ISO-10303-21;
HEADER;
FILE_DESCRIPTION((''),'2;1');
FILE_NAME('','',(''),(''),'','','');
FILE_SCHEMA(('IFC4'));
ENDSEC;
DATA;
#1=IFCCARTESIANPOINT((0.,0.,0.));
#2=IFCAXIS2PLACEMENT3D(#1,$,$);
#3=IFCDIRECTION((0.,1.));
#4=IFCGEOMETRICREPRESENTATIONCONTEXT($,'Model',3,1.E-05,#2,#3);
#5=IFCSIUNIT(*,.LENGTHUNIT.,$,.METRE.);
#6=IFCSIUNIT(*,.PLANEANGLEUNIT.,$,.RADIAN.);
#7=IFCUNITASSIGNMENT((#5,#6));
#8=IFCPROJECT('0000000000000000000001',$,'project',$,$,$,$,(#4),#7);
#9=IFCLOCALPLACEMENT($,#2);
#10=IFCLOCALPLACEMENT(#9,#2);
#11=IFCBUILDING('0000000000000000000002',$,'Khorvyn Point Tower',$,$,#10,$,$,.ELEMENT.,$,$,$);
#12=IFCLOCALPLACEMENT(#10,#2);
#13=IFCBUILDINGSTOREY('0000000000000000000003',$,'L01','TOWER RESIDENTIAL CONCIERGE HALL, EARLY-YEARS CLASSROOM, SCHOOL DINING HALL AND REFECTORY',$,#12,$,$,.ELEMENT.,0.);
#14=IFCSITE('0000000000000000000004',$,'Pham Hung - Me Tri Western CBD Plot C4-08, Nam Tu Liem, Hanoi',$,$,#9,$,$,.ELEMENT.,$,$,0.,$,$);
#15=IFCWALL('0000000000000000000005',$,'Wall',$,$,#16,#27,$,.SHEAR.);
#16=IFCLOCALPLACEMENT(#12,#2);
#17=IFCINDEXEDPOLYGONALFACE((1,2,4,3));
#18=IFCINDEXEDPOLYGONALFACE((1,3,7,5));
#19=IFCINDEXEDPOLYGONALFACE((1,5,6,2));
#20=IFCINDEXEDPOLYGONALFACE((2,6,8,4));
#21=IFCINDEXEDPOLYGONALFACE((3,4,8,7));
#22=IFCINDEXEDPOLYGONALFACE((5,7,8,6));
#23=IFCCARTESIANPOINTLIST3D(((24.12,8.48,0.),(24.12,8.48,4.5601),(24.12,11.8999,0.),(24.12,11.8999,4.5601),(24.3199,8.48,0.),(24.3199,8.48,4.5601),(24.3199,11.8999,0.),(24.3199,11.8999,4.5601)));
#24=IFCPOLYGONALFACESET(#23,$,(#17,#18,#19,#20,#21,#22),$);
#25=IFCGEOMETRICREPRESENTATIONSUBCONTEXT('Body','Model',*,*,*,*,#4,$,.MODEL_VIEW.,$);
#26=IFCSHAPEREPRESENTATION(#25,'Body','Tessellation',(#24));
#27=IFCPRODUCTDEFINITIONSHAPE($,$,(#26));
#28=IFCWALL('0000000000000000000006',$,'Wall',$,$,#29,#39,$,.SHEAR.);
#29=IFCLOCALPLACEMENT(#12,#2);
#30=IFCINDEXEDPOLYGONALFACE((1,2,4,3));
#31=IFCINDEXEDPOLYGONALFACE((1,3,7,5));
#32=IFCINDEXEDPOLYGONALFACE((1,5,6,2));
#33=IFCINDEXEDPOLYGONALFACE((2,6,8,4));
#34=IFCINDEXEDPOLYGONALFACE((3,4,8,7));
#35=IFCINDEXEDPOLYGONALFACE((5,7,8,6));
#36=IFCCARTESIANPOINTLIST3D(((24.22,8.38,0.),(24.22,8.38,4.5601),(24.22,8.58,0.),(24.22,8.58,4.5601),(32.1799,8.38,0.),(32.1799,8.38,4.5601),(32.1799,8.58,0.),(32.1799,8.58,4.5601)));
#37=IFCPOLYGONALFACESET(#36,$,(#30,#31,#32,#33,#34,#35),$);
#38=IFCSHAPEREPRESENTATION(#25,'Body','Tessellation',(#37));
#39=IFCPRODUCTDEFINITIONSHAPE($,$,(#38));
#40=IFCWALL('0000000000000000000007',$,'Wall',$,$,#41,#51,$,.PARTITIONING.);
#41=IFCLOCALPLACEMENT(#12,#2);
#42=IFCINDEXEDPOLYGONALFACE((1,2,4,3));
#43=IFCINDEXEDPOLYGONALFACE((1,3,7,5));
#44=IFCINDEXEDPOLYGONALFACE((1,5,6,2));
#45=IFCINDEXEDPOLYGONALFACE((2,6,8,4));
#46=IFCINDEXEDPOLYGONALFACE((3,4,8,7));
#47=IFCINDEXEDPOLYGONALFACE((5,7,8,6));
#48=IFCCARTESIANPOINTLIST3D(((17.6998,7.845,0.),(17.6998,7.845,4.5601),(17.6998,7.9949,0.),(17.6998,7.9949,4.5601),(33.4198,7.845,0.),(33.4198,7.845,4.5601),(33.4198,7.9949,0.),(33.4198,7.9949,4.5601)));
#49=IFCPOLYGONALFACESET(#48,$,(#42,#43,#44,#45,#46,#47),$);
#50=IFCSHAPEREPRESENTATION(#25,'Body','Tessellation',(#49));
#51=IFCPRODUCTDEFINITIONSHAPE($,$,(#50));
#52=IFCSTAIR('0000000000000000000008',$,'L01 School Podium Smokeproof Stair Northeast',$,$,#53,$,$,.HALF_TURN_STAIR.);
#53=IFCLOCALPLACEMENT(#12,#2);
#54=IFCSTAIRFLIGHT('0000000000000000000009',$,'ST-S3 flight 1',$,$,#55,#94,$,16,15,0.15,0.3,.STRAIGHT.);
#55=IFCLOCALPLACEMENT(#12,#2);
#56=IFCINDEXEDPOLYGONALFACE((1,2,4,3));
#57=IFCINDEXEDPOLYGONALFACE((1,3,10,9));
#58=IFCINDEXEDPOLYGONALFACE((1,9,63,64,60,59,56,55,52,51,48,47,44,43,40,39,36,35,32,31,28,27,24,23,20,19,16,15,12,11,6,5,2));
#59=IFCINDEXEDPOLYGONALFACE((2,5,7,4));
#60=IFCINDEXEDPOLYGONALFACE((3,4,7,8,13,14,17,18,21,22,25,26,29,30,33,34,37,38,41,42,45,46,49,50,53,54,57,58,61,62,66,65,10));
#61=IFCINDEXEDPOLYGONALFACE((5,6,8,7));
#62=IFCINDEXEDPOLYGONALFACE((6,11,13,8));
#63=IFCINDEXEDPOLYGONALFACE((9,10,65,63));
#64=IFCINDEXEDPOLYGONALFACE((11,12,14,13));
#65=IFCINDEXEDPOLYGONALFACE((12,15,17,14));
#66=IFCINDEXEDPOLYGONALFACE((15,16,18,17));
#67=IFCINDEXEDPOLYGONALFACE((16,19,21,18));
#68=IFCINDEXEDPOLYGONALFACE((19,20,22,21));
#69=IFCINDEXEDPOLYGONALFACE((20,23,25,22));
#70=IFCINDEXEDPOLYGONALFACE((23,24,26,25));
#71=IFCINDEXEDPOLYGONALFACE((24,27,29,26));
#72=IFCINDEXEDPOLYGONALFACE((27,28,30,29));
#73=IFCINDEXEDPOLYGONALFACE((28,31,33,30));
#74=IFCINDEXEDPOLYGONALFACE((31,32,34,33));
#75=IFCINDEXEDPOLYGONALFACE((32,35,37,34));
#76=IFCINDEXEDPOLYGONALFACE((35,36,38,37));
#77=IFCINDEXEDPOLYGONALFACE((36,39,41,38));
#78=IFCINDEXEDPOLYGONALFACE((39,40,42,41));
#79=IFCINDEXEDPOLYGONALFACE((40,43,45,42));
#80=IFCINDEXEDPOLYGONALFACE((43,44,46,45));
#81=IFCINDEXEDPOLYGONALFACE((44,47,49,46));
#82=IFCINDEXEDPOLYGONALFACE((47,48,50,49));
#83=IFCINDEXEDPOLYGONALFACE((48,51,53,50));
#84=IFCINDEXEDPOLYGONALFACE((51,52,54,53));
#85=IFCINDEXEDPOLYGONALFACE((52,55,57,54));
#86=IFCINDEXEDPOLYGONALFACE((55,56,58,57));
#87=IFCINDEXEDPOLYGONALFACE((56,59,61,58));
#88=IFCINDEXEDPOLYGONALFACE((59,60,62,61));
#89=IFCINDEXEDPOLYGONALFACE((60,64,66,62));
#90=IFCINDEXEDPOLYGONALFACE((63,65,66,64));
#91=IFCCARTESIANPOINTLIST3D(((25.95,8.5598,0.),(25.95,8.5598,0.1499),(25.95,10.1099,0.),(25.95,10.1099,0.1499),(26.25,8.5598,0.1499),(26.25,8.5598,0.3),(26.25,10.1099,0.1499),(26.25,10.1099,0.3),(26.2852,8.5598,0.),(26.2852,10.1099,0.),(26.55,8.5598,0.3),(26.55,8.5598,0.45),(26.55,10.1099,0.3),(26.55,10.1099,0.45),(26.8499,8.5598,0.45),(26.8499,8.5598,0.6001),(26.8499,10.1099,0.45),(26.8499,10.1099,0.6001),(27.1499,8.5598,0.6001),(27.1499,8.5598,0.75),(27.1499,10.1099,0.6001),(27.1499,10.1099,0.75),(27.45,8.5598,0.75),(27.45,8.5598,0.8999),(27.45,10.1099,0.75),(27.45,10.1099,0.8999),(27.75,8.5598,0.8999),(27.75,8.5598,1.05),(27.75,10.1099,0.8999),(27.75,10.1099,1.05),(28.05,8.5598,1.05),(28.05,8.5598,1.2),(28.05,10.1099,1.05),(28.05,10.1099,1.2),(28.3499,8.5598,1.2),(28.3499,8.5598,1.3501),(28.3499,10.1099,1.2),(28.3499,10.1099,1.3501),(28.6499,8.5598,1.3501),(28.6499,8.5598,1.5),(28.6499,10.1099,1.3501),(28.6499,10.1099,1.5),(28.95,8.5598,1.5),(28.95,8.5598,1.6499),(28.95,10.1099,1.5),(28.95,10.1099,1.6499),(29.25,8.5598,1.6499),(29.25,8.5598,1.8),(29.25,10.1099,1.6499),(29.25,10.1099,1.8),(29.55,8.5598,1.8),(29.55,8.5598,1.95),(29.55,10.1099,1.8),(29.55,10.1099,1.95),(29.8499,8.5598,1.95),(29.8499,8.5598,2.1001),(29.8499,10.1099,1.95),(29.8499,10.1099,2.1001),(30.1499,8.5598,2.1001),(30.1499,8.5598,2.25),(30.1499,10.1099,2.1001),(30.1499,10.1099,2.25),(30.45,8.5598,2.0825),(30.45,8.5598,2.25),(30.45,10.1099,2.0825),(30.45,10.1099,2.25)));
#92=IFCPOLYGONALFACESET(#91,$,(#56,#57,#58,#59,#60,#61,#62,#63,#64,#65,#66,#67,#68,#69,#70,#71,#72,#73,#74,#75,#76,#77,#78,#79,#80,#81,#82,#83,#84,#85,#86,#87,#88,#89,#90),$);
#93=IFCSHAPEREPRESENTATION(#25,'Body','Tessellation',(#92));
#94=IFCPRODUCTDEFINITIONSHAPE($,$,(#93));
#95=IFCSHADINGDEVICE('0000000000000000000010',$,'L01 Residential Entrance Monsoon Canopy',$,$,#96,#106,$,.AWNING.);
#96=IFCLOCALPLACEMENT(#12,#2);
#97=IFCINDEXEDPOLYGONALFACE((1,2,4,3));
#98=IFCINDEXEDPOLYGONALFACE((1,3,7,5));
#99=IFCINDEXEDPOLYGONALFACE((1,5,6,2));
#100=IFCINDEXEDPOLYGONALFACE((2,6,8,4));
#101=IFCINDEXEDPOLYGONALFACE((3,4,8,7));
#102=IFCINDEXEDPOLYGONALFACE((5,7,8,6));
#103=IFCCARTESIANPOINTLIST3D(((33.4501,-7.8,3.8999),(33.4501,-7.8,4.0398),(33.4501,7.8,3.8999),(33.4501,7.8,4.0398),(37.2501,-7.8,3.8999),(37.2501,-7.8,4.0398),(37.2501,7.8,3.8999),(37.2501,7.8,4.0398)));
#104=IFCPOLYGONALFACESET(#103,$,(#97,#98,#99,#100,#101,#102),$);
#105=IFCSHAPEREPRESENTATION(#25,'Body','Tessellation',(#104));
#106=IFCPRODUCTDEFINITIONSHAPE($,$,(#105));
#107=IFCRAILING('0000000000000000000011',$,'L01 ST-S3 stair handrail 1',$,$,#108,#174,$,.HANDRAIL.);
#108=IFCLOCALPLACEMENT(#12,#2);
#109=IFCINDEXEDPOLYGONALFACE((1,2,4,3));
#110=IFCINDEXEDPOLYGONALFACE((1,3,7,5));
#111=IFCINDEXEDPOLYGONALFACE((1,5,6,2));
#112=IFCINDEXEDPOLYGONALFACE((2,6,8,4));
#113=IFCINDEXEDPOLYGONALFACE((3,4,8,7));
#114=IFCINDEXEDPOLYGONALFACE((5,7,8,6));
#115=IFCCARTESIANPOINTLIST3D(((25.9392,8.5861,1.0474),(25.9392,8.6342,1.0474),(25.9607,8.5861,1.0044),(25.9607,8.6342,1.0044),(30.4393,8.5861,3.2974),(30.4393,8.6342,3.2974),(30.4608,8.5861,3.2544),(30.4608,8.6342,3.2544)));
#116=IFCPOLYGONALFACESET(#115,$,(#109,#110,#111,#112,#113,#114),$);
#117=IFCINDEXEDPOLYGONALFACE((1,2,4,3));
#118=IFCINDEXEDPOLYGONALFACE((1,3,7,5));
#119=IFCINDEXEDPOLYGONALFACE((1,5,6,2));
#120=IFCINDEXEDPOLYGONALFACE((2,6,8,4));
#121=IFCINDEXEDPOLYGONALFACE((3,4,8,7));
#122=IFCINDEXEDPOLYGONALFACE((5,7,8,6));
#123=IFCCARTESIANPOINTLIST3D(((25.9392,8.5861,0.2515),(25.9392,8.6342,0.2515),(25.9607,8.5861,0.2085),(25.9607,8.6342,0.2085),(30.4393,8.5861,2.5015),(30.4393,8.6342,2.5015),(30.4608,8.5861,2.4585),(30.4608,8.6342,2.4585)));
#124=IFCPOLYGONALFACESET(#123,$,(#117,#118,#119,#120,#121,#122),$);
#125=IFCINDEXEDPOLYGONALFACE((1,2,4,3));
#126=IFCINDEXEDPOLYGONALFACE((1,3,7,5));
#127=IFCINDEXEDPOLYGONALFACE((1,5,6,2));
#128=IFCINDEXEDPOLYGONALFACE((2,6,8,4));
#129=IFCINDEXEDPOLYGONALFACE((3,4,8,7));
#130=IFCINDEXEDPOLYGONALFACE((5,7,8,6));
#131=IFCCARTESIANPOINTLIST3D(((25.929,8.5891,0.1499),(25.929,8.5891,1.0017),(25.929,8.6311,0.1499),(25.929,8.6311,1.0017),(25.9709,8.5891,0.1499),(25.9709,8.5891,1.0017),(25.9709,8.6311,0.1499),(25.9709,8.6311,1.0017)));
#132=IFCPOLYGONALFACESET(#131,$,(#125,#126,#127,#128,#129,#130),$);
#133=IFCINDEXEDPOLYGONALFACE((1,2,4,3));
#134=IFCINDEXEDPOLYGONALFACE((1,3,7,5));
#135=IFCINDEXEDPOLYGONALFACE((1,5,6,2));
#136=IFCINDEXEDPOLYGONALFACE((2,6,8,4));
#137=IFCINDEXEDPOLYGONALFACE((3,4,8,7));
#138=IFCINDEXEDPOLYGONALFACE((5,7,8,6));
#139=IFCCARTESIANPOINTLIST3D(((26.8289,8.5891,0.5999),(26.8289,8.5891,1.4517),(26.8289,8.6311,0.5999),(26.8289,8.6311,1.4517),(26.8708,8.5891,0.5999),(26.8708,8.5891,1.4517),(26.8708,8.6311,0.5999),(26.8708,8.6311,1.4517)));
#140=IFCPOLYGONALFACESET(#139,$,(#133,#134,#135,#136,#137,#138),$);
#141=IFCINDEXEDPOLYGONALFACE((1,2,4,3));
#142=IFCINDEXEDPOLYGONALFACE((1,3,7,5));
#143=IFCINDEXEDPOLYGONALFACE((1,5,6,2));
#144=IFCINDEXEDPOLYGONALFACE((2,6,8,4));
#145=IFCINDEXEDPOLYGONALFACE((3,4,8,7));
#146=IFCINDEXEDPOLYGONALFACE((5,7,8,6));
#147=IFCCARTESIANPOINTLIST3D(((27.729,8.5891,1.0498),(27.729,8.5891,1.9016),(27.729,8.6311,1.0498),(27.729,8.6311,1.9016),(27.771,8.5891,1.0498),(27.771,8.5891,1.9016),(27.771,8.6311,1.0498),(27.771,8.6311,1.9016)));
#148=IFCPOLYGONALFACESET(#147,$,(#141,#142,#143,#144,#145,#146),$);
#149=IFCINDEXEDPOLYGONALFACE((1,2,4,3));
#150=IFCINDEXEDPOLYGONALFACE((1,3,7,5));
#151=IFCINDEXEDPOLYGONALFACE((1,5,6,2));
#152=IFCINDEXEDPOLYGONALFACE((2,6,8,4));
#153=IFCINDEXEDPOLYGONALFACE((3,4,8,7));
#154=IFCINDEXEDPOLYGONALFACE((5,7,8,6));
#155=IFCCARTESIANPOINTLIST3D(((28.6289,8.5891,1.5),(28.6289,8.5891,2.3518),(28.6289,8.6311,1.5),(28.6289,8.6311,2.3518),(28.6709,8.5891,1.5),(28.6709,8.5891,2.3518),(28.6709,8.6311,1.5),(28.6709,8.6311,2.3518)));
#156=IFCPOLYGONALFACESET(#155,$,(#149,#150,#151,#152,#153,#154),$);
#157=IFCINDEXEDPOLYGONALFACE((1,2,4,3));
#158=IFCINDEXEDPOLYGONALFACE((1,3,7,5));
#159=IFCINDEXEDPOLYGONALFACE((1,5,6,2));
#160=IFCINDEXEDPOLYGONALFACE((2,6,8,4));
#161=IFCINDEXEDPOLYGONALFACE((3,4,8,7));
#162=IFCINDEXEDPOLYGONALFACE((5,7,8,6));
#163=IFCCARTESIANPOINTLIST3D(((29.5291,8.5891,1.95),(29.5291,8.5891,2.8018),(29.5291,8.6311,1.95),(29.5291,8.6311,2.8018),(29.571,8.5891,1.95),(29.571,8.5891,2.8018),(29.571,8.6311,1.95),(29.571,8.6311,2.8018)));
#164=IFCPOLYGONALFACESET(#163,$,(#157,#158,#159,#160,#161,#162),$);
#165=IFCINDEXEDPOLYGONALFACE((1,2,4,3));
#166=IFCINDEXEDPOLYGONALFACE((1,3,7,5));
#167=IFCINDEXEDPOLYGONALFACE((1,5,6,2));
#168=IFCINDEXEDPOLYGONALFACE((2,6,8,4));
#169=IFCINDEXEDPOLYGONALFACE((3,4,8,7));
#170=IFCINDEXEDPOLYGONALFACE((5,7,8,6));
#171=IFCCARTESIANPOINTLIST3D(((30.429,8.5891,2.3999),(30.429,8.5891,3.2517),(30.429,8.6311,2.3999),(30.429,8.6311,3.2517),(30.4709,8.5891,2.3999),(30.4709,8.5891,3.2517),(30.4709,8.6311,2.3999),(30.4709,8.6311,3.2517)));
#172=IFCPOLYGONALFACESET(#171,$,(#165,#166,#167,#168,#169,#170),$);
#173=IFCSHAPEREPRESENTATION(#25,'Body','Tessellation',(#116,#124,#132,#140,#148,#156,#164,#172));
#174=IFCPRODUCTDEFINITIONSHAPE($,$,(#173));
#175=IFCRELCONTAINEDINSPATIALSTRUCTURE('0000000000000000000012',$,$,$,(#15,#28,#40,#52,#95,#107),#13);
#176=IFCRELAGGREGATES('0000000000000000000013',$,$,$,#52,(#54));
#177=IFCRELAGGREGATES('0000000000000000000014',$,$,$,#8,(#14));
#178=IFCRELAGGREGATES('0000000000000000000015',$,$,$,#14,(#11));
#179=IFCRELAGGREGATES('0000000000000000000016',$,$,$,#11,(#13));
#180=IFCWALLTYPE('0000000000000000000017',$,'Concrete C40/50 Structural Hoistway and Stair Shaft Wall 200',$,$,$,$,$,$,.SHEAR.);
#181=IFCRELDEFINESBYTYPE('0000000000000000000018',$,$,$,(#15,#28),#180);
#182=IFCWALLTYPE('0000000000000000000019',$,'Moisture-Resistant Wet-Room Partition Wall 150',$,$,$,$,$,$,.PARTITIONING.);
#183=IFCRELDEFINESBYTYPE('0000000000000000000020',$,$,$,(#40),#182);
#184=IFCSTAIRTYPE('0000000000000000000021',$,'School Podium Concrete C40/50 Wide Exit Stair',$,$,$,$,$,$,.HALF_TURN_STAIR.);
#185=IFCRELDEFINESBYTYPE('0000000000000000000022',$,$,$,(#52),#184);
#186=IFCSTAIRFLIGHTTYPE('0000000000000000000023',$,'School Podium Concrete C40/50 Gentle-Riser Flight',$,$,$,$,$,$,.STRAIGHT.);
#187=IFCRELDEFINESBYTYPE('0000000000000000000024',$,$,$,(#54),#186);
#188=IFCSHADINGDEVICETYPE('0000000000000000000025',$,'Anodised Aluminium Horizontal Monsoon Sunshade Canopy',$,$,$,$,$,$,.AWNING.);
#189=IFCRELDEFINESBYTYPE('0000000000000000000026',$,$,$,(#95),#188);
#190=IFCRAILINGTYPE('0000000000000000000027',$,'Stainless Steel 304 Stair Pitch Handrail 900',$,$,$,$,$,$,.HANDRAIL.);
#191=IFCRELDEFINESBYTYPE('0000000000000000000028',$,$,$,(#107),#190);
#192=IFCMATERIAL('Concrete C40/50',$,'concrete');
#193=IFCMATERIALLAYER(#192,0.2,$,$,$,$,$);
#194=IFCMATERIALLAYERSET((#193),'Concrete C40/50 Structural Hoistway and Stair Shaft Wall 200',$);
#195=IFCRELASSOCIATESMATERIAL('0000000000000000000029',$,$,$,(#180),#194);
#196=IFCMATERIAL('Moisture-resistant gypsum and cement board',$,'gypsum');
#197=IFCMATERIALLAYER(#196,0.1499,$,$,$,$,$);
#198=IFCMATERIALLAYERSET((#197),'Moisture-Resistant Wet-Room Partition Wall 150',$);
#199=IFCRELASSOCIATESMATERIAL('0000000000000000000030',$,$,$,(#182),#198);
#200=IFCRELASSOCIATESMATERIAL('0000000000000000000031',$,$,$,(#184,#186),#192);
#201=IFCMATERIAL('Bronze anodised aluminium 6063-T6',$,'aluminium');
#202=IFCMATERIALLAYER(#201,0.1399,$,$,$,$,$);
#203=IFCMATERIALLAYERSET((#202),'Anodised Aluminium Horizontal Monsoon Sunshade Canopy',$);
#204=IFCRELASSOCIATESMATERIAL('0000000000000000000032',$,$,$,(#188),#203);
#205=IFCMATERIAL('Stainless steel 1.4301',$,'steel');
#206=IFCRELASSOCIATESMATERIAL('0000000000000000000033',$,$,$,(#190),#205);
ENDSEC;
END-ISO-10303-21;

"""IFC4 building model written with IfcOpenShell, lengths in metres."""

from ifc_helpers import new_model, si_unit, direction, frame, frame_2d, origin, origin_2d, place, context, subcontext, project, spatial, polyline, rectangle, outline, extrude, material, layer, layer_set, type_object, element, aggregate, save


model = new_model("IFC4")

# Units and contexts
model_context = context("Model", 3, precision=1e-05, world=origin(), true_north=direction((0.0, 1.0)))
body_context = subcontext(model_context, "Body", "Model", "MODEL_VIEW")
ifc_project = project(units=[si_unit("LENGTHUNIT", "METRE"), si_unit("PLANEANGLEUNIT", "RADIAN")], contexts=[model_context])

# Site, building, storey
site_placement = place(None, origin())
site = spatial("IfcSite", under=ifc_project, at=site_placement, Name="Pham Hung - Me Tri Western CBD Plot C4-08, Nam Tu Liem, Hanoi", CompositionType="ELEMENT", RefElevation=0.0)
building_placement = place(site_placement, origin())
building = spatial("IfcBuilding", under=site, at=building_placement, Name="Khorvyn Point Tower", CompositionType="ELEMENT")
storey_placement = place(building_placement, origin())
storey = spatial("IfcBuildingStorey", under=building, at=storey_placement, Name="L01", Description="TOWER RESIDENTIAL CONCIERGE HALL, EARLY-YEARS CLASSROOM, SCHOOL DINING HALL AND REFECTORY", CompositionType="ELEMENT", Elevation=0.0)

# Shared definitions
ifc_material_1 = material(Name="Concrete C40/50", Category="concrete")

# Walls
ifc_layer_1 = layer(ifc_material_1, 0.2)
ifc_layer_set_1 = layer_set([ifc_layer_1], Name="Concrete C40/50 Structural Hoistway and Stair Shaft Wall 200")
wall_type_1 = type_object("IfcWallType", Name="Concrete C40/50 Structural Hoistway and Stair Shaft Wall 200", PredefinedType="SHEAR", material=ifc_layer_set_1)
wall_1_placement = place(storey_placement, frame((24.22, 8.48, 0.0), z_axis=(0.0, 0.0, 1.0), x_axis=(0.0, 1.0, 0.0)))
element("IfcWall", 1, at=wall_1_placement, inside=storey, type_object=wall_type_1, Name="Wall", PredefinedType="SHEAR", context=body_context, shape_type="SweptSolid", body=[
    extrude(rectangle(XDim=3.4199, YDim=0.2, at=frame_2d((1.71, 0.0))), origin(), (0.0, 0.0, 1.0), 4.5601),
])
wall_2_placement = place(storey_placement, frame((32.1799, 8.48, 0.0), z_axis=(0.0, 0.0, 1.0), x_axis=(-1.0, 0.0, 0.0)))
element("IfcWall", 2, at=wall_2_placement, inside=storey, type_object=wall_type_1, Name="Wall", PredefinedType="SHEAR", context=body_context, shape_type="SweptSolid", body=[
    extrude(rectangle(XDim=7.96, YDim=0.2, at=frame_2d((3.98, 0.0))), origin(), (0.0, 0.0, 1.0), 4.5601),
])
ifc_material_2 = material(Name="Moisture-resistant gypsum and cement board", Category="gypsum")
ifc_layer_2 = layer(ifc_material_2, 0.1499)
ifc_layer_set_2 = layer_set([ifc_layer_2], Name="Moisture-Resistant Wet-Room Partition Wall 150")
wall_type_2 = type_object("IfcWallType", Name="Moisture-Resistant Wet-Room Partition Wall 150", PredefinedType="PARTITIONING", material=ifc_layer_set_2)
wall_3_placement = place(storey_placement, frame((17.7, 7.9199, 0.0), z_axis=(0.0, 0.0, 1.0), x_axis=(1.0, 0.0, 0.0)))
element("IfcWall", 3, at=wall_3_placement, inside=storey, type_object=wall_type_2, Name="Wall", PredefinedType="PARTITIONING", context=body_context, shape_type="SweptSolid", body=[
    extrude(rectangle(XDim=15.72, YDim=0.1499, at=frame_2d((7.8599, 0.0))), origin(), (0.0, 0.0, 1.0), 4.5601),
])

# Stair, stair flight
stair_type = type_object("IfcStairType", Name="School Podium Concrete C40/50 Wide Exit Stair", PredefinedType="HALF_TURN_STAIR", material=ifc_material_1)
stair_placement = place(storey_placement, origin())
stair = element("IfcStair", 4, at=stair_placement, inside=storey, type_object=stair_type, Name="L01 School Podium Smokeproof Stair Northeast", PredefinedType="HALF_TURN_STAIR")
stair_flight_type = type_object("IfcStairFlightType", Name="School Podium Concrete C40/50 Gentle-Riser Flight", PredefinedType="STRAIGHT", material=ifc_material_1)
stair_flight_placement = place(storey_placement, frame((25.95, 9.335, 0.0), z_axis=(0.0, 0.0, 1.0), x_axis=(1.0, 0.0, 0.0)))
stair_flight = element("IfcStairFlight", 5, at=stair_flight_placement, type_object=stair_flight_type, Name="ST-S3 flight 1", NumberOfRisers=16, NumberOfTreads=15, PredefinedType="STRAIGHT", RiserHeight=0.15, TreadLength=0.3, context=body_context, shape_type="SweptSolid", body=[
    extrude(outline(polyline([(0.0, 0.0), (0.0, 0.1499), (0.3, 0.1499), (0.3, 0.3), (0.6001, 0.3), (0.6001, 0.45), (0.8999, 0.45), (0.8999, 0.6001), (1.2, 0.6001), (1.2, 0.75), (1.5, 0.75), (1.5, 0.8999), (1.8, 0.8999), (1.8, 1.05), (2.1001, 1.05), (2.1001, 1.2), (2.3999, 1.2), (2.3999, 1.3501), (2.7, 1.3501), (2.7, 1.5), (3.0, 1.5), (3.0, 1.6499), (3.3, 1.6499), (3.3, 1.8), (3.6001, 1.8), (3.6001, 1.95), (3.8999, 1.95), (3.8999, 2.1001), (4.2, 2.1001), (4.2, 2.25), (4.5, 2.25), (4.5, 2.3999), (4.5, 2.0825), (0.3352, 0.0), (0.0, 0.0)])), frame((0.0, 0.7749, 0.0), z_axis=(0.0, -1.0, 0.0), x_axis=(1.0, 0.0, 0.0)), (0.0, 0.0, 1.0), 1.55),
])
aggregate(stair, [stair_flight])

# Shading device
ifc_material_3 = material(Name="Bronze anodised aluminium 6063-T6", Category="aluminium")
ifc_layer_3 = layer(ifc_material_3, 0.1399)
ifc_layer_set_3 = layer_set([ifc_layer_3], Name="Anodised Aluminium Horizontal Monsoon Sunshade Canopy")
shading_device_type = type_object("IfcShadingDeviceType", Name="Anodised Aluminium Horizontal Monsoon Sunshade Canopy", PredefinedType="AWNING", material=ifc_layer_set_3)
shading_device_placement = place(storey_placement, frame((35.3501, 0.0, 3.8999), z_axis=(0.0, 0.0, 1.0), x_axis=(1.0, 0.0, 0.0)))
element("IfcShadingDevice", 6, at=shading_device_placement, inside=storey, type_object=shading_device_type, Name="L01 Residential Entrance Monsoon Canopy", PredefinedType="AWNING", context=body_context, shape_type="SweptSolid", body=[
    extrude(rectangle(XDim=3.8, YDim=15.6001, at=origin_2d()), origin(), (0.0, 0.0, 1.0), 0.1399),
])

# Railing
ifc_material_4 = material(Name="Stainless steel 1.4301", Category="steel")
railing_type_1 = type_object("IfcRailingType", Name="Stainless Steel 304 Stair Pitch Handrail 900", PredefinedType="HANDRAIL", material=ifc_material_4)
railing_1_placement = place(storey_placement, frame((25.95, 8.6101, 0.1499)))
element("IfcRailing", 7, at=railing_1_placement, inside=storey, type_object=railing_type_1, Name="L01 ST-S3 stair handrail 1", PredefinedType="HANDRAIL", context=body_context, shape_type="SweptSolid", body=[
    extrude(rectangle(XDim=0.0481, YDim=0.0481, at=origin_2d()), frame((0.0, 0.0, 0.876), z_axis=(0.894427, 0.0, 0.447214), x_axis=(0.0, 1.0, 0.0)), (0.0, 0.0, 1.0), 5.0312),
    extrude(rectangle(XDim=0.0481, YDim=0.0481, at=origin_2d()), frame((0.0, 0.0, 0.0801), z_axis=(0.894427, 0.0, 0.447214), x_axis=(0.0, 1.0, 0.0)), (0.0, 0.0, 1.0), 5.0312),
    extrude(rectangle(XDim=0.042, YDim=0.042, at=origin_2d()), origin(), (0.0, 0.0, 1.0), 0.8518),
    extrude(rectangle(XDim=0.042, YDim=0.042, at=origin_2d()), frame((0.8999, 0.0, 0.45)), (0.0, 0.0, 1.0), 0.8518),
    extrude(rectangle(XDim=0.042, YDim=0.042, at=origin_2d()), frame((1.8, 0.0, 0.8999)), (0.0, 0.0, 1.0), 0.8518),
    extrude(rectangle(XDim=0.042, YDim=0.042, at=origin_2d()), frame((2.7, 0.0, 1.3501)), (0.0, 0.0, 1.0), 0.8518),
    extrude(rectangle(XDim=0.042, YDim=0.042, at=origin_2d()), frame((3.6001, 0.0, 1.8)), (0.0, 0.0, 1.0), 0.8518),
    extrude(rectangle(XDim=0.042, YDim=0.042, at=origin_2d()), frame((4.5, 0.0, 2.25)), (0.0, 0.0, 1.0), 0.8518),
])

save(model, "model.ifc")
